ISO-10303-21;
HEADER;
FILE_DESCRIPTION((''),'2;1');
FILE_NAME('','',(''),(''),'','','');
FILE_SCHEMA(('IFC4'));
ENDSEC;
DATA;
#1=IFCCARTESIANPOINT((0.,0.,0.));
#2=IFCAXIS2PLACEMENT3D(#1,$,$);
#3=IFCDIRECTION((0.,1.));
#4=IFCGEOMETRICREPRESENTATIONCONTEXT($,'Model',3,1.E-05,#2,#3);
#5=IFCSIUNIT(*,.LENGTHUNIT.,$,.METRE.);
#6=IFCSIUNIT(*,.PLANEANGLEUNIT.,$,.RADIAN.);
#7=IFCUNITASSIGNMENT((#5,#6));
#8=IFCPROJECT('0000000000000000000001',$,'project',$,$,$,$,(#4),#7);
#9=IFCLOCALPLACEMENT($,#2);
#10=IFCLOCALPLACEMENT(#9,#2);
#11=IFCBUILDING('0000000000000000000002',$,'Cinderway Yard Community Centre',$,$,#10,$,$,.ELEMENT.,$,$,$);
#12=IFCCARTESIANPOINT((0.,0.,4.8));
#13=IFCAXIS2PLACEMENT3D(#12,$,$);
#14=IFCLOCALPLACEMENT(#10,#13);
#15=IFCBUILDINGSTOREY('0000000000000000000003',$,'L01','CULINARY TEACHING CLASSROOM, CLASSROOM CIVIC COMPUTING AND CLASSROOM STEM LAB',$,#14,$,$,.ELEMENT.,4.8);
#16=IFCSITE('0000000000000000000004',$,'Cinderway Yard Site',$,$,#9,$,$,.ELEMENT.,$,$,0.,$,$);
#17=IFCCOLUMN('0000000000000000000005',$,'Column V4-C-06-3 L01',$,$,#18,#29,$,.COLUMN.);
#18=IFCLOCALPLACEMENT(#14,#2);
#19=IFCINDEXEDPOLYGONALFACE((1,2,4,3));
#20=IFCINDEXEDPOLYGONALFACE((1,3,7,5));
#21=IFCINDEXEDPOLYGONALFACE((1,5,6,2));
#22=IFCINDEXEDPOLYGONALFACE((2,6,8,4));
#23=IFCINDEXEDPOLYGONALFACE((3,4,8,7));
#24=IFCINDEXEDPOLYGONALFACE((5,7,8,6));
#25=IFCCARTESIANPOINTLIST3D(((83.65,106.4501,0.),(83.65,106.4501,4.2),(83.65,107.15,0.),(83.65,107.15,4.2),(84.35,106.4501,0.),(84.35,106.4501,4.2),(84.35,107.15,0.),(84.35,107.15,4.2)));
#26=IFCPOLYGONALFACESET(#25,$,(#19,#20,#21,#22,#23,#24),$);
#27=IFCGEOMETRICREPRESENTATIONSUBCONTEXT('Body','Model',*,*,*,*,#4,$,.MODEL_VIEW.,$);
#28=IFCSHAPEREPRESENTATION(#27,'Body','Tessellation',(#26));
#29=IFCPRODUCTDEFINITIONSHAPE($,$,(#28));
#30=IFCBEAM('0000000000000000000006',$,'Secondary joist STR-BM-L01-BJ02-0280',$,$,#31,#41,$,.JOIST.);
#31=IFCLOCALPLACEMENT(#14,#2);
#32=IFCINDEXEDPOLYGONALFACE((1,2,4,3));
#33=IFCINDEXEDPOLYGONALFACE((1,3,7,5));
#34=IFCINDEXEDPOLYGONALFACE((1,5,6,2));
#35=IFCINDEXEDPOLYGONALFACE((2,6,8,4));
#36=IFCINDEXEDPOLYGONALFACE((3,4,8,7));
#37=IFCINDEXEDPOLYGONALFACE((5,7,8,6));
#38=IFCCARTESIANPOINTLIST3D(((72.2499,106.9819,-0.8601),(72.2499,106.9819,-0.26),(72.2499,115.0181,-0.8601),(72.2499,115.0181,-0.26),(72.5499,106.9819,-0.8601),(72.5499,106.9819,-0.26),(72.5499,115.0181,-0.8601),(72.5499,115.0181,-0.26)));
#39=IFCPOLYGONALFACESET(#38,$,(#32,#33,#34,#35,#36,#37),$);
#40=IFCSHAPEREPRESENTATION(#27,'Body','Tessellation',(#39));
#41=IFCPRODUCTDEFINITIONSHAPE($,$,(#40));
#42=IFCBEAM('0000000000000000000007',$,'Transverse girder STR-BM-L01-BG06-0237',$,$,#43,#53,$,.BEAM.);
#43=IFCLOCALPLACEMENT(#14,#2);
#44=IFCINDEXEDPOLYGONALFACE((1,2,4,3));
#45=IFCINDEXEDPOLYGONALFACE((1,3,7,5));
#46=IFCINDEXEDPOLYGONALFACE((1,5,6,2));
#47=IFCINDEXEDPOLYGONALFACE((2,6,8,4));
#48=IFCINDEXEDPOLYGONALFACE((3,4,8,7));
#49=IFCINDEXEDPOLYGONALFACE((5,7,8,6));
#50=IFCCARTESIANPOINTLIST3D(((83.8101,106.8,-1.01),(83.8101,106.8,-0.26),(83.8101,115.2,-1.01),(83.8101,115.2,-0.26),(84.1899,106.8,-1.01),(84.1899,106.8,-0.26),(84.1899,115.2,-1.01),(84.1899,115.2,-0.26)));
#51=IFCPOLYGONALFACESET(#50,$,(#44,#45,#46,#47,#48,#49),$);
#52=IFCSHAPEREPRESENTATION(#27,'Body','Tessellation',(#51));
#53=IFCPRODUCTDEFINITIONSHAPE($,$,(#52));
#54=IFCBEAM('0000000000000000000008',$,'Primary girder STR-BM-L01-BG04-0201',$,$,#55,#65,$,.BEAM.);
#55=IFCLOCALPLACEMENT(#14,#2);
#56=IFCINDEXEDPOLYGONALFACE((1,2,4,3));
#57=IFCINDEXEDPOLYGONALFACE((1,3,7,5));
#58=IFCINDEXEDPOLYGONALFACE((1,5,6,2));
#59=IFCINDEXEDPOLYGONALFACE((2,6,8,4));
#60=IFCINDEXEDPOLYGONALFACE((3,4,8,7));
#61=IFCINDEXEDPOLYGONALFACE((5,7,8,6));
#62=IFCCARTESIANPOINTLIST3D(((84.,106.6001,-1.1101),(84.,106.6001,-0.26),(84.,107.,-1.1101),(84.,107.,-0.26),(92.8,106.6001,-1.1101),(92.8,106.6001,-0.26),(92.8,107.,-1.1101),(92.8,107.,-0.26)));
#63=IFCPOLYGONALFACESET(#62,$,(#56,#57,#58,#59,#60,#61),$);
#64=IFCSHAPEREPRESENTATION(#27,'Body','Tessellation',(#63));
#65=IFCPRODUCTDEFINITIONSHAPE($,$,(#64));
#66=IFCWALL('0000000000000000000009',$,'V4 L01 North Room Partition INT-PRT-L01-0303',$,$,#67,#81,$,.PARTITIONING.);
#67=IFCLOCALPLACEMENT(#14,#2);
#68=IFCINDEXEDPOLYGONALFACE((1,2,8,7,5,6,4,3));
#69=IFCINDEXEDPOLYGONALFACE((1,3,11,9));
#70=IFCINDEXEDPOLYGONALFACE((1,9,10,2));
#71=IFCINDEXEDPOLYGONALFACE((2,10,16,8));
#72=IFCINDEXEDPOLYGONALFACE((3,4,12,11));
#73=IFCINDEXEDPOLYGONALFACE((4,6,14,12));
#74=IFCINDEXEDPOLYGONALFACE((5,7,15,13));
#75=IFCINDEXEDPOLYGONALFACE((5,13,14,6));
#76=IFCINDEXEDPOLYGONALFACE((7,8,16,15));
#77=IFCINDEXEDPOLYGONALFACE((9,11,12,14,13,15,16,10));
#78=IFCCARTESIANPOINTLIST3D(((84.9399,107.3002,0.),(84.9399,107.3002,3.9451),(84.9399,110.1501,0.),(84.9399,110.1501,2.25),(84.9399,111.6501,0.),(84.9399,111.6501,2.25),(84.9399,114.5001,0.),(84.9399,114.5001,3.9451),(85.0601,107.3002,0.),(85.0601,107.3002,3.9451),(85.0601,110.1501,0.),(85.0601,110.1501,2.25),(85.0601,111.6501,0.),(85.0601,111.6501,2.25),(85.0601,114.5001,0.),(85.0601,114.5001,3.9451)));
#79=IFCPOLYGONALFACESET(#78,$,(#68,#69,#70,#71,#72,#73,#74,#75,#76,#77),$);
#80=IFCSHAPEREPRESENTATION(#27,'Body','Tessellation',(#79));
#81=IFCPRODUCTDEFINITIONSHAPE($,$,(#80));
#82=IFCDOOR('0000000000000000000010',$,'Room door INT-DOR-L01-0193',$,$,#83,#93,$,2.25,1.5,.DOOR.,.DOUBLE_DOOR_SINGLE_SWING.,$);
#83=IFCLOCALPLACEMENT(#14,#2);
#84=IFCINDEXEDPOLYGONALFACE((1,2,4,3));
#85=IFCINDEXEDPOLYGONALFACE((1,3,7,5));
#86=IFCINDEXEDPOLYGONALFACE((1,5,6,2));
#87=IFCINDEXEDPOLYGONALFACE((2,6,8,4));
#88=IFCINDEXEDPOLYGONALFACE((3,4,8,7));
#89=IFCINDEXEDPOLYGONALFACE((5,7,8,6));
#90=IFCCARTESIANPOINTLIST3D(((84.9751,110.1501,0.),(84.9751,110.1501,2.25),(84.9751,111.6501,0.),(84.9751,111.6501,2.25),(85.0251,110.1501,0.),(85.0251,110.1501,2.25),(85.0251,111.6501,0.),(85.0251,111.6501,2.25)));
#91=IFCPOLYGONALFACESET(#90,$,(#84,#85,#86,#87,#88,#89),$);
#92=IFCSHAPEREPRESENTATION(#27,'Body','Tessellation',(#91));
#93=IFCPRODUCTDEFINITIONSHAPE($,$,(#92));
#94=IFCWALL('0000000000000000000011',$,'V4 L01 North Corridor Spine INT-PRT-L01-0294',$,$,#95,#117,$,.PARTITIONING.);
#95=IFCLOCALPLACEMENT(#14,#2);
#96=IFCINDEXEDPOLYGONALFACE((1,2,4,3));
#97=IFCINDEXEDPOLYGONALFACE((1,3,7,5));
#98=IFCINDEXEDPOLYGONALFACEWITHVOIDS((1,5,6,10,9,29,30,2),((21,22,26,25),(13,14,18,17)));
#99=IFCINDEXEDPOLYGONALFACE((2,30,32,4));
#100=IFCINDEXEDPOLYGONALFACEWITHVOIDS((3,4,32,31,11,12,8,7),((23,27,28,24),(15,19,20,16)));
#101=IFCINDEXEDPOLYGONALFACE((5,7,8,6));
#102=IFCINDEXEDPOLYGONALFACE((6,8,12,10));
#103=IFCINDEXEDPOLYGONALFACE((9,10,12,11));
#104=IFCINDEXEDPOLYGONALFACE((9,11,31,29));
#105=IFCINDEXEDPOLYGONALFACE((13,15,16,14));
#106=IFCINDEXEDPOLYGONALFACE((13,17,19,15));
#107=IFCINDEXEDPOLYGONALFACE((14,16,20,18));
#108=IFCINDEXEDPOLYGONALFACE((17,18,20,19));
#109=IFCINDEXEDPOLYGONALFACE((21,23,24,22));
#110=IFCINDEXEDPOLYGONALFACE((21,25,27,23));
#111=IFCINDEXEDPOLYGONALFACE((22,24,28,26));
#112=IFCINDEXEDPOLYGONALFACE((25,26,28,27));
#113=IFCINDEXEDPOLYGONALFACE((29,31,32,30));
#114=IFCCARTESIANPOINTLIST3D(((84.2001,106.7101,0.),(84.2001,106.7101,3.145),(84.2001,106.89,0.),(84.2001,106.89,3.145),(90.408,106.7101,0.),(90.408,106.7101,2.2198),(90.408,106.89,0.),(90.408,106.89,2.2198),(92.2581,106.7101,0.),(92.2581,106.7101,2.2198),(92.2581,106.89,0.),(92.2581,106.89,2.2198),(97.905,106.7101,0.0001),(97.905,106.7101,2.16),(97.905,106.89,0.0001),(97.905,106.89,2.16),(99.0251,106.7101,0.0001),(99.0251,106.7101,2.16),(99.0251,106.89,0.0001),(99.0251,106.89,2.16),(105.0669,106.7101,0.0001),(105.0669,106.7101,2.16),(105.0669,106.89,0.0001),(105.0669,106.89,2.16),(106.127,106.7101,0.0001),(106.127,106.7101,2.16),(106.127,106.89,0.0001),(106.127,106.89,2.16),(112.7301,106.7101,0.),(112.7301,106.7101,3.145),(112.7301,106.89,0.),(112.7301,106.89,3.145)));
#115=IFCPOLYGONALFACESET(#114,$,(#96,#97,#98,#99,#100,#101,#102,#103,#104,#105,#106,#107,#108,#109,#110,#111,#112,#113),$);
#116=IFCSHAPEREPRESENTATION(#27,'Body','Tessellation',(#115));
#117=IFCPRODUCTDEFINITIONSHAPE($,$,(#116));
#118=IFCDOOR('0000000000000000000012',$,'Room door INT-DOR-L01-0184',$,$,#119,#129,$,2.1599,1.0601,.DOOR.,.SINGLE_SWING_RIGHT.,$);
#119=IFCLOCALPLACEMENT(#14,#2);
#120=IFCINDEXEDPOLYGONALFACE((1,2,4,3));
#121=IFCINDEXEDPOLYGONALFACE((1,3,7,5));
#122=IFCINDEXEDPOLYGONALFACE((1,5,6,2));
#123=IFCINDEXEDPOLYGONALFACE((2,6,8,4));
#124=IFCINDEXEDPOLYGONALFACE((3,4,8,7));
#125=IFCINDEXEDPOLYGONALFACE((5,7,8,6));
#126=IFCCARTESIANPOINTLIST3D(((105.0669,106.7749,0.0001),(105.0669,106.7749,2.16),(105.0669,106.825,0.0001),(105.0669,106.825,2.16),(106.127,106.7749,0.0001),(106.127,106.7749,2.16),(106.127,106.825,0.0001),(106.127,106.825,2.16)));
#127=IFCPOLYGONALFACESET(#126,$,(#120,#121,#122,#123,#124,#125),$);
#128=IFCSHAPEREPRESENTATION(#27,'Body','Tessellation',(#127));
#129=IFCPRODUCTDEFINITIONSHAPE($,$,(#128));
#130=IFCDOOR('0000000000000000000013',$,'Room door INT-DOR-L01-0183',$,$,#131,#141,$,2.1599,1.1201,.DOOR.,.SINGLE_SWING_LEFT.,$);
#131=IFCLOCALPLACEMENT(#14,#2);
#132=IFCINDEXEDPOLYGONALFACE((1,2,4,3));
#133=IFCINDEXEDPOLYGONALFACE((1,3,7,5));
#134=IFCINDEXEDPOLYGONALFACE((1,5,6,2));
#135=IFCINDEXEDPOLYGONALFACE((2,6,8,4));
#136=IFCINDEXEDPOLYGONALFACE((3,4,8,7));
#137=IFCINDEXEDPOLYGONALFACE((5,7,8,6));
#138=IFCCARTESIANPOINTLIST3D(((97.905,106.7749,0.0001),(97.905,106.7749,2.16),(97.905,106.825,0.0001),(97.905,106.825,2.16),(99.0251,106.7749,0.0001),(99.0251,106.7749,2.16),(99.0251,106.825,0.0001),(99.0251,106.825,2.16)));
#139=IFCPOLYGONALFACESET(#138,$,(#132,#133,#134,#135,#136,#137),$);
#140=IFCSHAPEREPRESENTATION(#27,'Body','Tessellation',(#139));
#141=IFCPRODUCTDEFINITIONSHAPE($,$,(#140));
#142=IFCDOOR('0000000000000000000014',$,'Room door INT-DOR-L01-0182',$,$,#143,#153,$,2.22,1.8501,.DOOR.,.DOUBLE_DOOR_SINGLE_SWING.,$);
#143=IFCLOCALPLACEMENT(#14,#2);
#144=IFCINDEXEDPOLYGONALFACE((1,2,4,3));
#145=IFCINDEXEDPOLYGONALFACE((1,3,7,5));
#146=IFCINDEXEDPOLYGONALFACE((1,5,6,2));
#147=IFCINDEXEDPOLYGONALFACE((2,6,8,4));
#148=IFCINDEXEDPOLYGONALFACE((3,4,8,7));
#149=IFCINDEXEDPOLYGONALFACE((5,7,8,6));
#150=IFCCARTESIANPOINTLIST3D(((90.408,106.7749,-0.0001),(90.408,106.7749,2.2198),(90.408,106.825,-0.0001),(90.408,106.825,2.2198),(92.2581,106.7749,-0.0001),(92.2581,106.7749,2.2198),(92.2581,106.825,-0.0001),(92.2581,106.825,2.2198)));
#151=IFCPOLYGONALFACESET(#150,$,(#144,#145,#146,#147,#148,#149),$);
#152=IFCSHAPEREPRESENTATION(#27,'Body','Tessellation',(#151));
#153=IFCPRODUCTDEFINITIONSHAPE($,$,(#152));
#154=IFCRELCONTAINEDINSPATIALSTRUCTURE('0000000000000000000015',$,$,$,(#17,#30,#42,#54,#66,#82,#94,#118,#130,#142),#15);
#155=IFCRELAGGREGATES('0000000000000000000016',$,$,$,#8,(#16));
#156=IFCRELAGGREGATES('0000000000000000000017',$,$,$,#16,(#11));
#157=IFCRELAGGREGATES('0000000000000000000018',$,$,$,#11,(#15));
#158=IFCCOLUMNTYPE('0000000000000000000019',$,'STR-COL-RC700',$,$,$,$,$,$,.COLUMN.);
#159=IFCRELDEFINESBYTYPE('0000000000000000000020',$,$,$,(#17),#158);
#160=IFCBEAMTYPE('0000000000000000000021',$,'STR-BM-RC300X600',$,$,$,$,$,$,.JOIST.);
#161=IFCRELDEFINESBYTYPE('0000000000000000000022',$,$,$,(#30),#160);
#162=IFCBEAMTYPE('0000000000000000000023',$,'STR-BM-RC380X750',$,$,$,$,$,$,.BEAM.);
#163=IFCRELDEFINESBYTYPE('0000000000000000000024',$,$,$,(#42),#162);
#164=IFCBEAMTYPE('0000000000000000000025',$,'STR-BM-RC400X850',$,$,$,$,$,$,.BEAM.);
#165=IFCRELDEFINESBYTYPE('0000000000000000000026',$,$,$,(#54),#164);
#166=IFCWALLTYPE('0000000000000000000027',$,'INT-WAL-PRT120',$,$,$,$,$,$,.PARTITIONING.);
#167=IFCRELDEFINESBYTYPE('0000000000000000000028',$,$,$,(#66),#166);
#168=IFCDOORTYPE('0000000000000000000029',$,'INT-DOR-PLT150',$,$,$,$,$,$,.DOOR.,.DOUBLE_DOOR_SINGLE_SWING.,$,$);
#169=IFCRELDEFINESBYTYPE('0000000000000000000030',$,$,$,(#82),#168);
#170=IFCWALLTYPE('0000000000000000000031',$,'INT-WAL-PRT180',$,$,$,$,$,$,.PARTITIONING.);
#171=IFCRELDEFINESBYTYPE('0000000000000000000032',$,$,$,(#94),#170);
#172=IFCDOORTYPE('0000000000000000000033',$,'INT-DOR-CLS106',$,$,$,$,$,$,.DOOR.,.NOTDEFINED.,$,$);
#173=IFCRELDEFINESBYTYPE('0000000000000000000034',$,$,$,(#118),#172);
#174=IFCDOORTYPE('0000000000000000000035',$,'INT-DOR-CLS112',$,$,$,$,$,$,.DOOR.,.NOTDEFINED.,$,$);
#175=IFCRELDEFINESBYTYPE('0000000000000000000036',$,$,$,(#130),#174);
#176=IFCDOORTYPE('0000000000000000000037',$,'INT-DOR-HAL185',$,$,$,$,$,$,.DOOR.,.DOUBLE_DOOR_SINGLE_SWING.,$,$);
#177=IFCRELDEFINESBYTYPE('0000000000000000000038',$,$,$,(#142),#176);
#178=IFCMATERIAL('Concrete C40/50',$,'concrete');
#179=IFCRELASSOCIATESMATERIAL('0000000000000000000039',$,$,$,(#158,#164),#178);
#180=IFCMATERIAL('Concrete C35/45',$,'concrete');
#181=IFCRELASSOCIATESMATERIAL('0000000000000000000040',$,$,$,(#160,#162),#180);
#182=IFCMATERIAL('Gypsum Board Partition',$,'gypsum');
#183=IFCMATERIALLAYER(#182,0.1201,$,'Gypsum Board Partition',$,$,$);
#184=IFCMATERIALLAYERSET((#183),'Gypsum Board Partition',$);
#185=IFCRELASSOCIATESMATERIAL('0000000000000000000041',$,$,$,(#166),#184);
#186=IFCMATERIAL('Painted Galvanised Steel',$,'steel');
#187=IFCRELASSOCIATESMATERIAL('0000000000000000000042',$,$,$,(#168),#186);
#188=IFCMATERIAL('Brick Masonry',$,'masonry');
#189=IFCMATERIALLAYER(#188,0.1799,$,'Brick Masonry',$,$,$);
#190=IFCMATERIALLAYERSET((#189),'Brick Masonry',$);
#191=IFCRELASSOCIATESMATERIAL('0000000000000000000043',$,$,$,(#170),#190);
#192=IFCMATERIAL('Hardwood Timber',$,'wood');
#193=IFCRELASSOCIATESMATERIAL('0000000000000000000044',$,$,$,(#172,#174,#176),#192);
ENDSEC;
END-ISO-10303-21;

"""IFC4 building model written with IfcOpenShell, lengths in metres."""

from ifc_helpers import new_model, si_unit, direction, frame, frame_2d, origin, origin_2d, place, context, subcontext, project, spatial, rectangle, extrude, material, layer, layer_set, material_profile, profile_set, type_object, element, fill, save


model = new_model("IFC4")

# Units and contexts
model_context = context("Model", 3, precision=1e-05, world=origin(), true_north=direction((0.0, 1.0)))
body_context = subcontext(model_context, "Body", "Model", "MODEL_VIEW")
ifc_project = project(units=[si_unit("LENGTHUNIT", "METRE"), si_unit("PLANEANGLEUNIT", "RADIAN")], contexts=[model_context])

# Site, building, storey
site_placement = place(None, origin())
site = spatial("IfcSite", under=ifc_project, at=site_placement, Name="Cinderway Yard Site", CompositionType="ELEMENT", RefElevation=0.0)
building_placement = place(site_placement, origin())
building = spatial("IfcBuilding", under=site, at=building_placement, Name="Cinderway Yard Community Centre", CompositionType="ELEMENT")
storey_placement = place(building_placement, frame((0.0, 0.0, 4.8)))
storey = spatial("IfcBuildingStorey", under=building, at=storey_placement, Name="L01", Description="CULINARY TEACHING CLASSROOM, CLASSROOM CIVIC COMPUTING AND CLASSROOM STEM LAB", CompositionType="ELEMENT", Elevation=4.8)

# Column
ifc_material_1 = material(Name="Concrete C40/50", Category="concrete")
ifc_material_profile_1 = material_profile(ifc_material_1, rectangle(XDim=0.7, YDim=0.7, at=origin_2d()), Name="Concrete C40/50")
ifc_profile_set_1 = profile_set([ifc_material_profile_1], Name="Concrete C40/50")
column_type = type_object("IfcColumnType", Name="STR-COL-RC700", PredefinedType="COLUMN", material=ifc_profile_set_1)
column_placement = place(storey_placement, frame((84.0, 106.8, 0.0), z_axis=(0.0, 0.0, 1.0), x_axis=(1.0, 0.0, 0.0)))
element("IfcColumn", 1, at=column_placement, inside=storey, type_object=column_type, Name="Column V4-C-06-3 L01", PredefinedType="COLUMN", context=body_context, shape_type="SweptSolid", body=[
    extrude(rectangle(XDim=0.7, YDim=0.7, at=origin_2d()), origin(), (0.0, 0.0, 1.0), 4.2),
])

# Beams
ifc_material_2 = material(Name="Concrete C35/45", Category="concrete")
ifc_material_profile_2 = material_profile(ifc_material_2, rectangle(XDim=0.3, YDim=0.6001, at=origin_2d()), Name="Concrete C35/45")
ifc_profile_set_2 = profile_set([ifc_material_profile_2], Name="Concrete C35/45")
beam_type_1 = type_object("IfcBeamType", Name="STR-BM-RC300X600", PredefinedType="JOIST", material=ifc_profile_set_2)
beam_1_placement = place(storey_placement, frame((72.3999, 106.9819, -0.5601), z_axis=(0.0, 1.0, 0.0), x_axis=(-1.0, 0.0, 0.0)))
element("IfcBeam", 2, at=beam_1_placement, inside=storey, type_object=beam_type_1, Name="Secondary joist STR-BM-L01-BJ02-0280", PredefinedType="JOIST", context=body_context, shape_type="SweptSolid", body=[
    extrude(rectangle(XDim=0.3, YDim=0.6001, at=origin_2d()), origin(), (0.0, 0.0, 1.0), 8.0361),
])
ifc_material_profile_3 = material_profile(ifc_material_2, rectangle(XDim=0.3799, YDim=0.75, at=origin_2d()), Name="Concrete C35/45")
ifc_profile_set_3 = profile_set([ifc_material_profile_3], Name="Concrete C35/45")
beam_type_2 = type_object("IfcBeamType", Name="STR-BM-RC380X750", PredefinedType="BEAM", material=ifc_profile_set_3)
beam_2_placement = place(storey_placement, frame((84.0, 106.8, -0.635), z_axis=(0.0, 1.0, 0.0), x_axis=(-1.0, 0.0, 0.0)))
element("IfcBeam", 3, at=beam_2_placement, inside=storey, type_object=beam_type_2, Name="Transverse girder STR-BM-L01-BG06-0237", PredefinedType="BEAM", context=body_context, shape_type="SweptSolid", body=[
    extrude(rectangle(XDim=0.3799, YDim=0.75, at=origin_2d()), origin(), (0.0, 0.0, 1.0), 8.3999),
])
ifc_material_profile_4 = material_profile(ifc_material_1, rectangle(XDim=0.3999, YDim=0.8501, at=origin_2d()), Name="Concrete C40/50")
ifc_profile_set_4 = profile_set([ifc_material_profile_4], Name="Concrete C40/50")
beam_type_3 = type_object("IfcBeamType", Name="STR-BM-RC400X850", PredefinedType="BEAM", material=ifc_profile_set_4)
beam_3_placement = place(storey_placement, frame((84.0, 106.8, -0.6851), z_axis=(1.0, 0.0, 0.0), x_axis=(0.0, 1.0, 0.0)))
element("IfcBeam", 4, at=beam_3_placement, inside=storey, type_object=beam_type_3, Name="Primary girder STR-BM-L01-BG04-0201", PredefinedType="BEAM", context=body_context, shape_type="SweptSolid", body=[
    extrude(rectangle(XDim=0.3999, YDim=0.8501, at=origin_2d()), origin(), (0.0, 0.0, 1.0), 8.8),
])

# Wall, opening, door
ifc_material_3 = material(Name="Gypsum Board Partition", Category="gypsum")
ifc_layer_1 = layer(ifc_material_3, 0.1201, Name="Gypsum Board Partition")
ifc_layer_set_1 = layer_set([ifc_layer_1], Name="Gypsum Board Partition")
wall_type_1 = type_object("IfcWallType", Name="INT-WAL-PRT120", PredefinedType="PARTITIONING", material=ifc_layer_set_1)
wall_1_placement = place(storey_placement, frame((85.0, 107.3, 0.0), z_axis=(0.0, 0.0, 1.0), x_axis=(0.0, 1.0, 0.0)))
wall_1 = element("IfcWall", 5, at=wall_1_placement, inside=storey, type_object=wall_type_1, Name="V4 L01 North Room Partition INT-PRT-L01-0303", PredefinedType="PARTITIONING", context=body_context, shape_type="SweptSolid", body=[
    extrude(rectangle(XDim=7.2, YDim=0.1201, at=frame_2d((3.6001, 0.0))), origin(), (0.0, 0.0, 1.0), 3.9451),
])
opening_1_placement = place(wall_1_placement, frame((2.8501, 0.0, 0.0)))
opening_1 = element("IfcOpeningElement", 6, at=opening_1_placement, cuts=wall_1, PredefinedType="OPENING", context=body_context, shape_type="SweptSolid", body=[
    extrude(rectangle(XDim=1.5, YDim=2.25, at=frame_2d((0.75, 1.125))), frame((0.0, 0.0701, 0.0), z_axis=(0.0, -1.0, 0.0), x_axis=(1.0, 0.0, 0.0)), (0.0, 0.0, 1.0), 0.1401),
])
ifc_material_4 = material(Name="Painted Galvanised Steel", Category="steel")
door_type_1 = type_object("IfcDoorType", Name="INT-DOR-PLT150", OperationType="DOUBLE_DOOR_SINGLE_SWING", PredefinedType="DOOR", material=ifc_material_4)
door_1_placement = place(opening_1_placement, origin())
door_1 = element("IfcDoor", 7, at=door_1_placement, inside=storey, type_object=door_type_1, Name="Room door INT-DOR-L01-0193", OperationType="DOUBLE_DOOR_SINGLE_SWING", OverallHeight=2.25, OverallWidth=1.5, PredefinedType="DOOR", context=body_context, shape_type="SweptSolid", body=[
    extrude(rectangle(XDim=1.5, YDim=2.25, at=frame_2d((0.75, 1.125))), frame((0.0, 0.0249, 0.0), z_axis=(0.0, -1.0, 0.0), x_axis=(1.0, 0.0, 0.0)), (0.0, 0.0, 1.0), 0.05),
])
fill(opening_1, door_1)

# Wall, openings, doors
ifc_material_5 = material(Name="Brick Masonry", Category="masonry")
ifc_layer_2 = layer(ifc_material_5, 0.1799, Name="Brick Masonry")
ifc_layer_set_2 = layer_set([ifc_layer_2], Name="Brick Masonry")
wall_type_2 = type_object("IfcWallType", Name="INT-WAL-PRT180", PredefinedType="PARTITIONING", material=ifc_layer_set_2)
wall_2_placement = place(storey_placement, frame((84.2, 106.8, 0.0), z_axis=(0.0, 0.0, 1.0), x_axis=(1.0, 0.0, 0.0)))
wall_2 = element("IfcWall", 8, at=wall_2_placement, inside=storey, type_object=wall_type_2, Name="V4 L01 North Corridor Spine INT-PRT-L01-0294", PredefinedType="PARTITIONING", context=body_context, shape_type="SweptSolid", body=[
    extrude(rectangle(XDim=28.53, YDim=0.1799, at=frame_2d((14.2651, 0.0))), origin(), (0.0, 0.0, 1.0), 3.145),
])
opening_2_placement = place(wall_2_placement, frame((6.208, 0.0, 0.0)))
opening_2 = element("IfcOpeningElement", 9, at=opening_2_placement, cuts=wall_2, PredefinedType="OPENING", context=body_context, shape_type="SweptSolid", body=[
    extrude(rectangle(XDim=1.8501, YDim=2.22, at=frame_2d((0.925, 1.1099))), frame((0.0, 0.0999, 0.0), z_axis=(0.0, -1.0, 0.0), x_axis=(1.0, 0.0, 0.0)), (0.0, 0.0, 1.0), 0.2),
])
opening_3_placement = place(wall_2_placement, frame((13.7051, 0.0, 0.0)))
opening_3 = element("IfcOpeningElement", 10, at=opening_3_placement, cuts=wall_2, PredefinedType="OPENING", context=body_context, shape_type="SweptSolid", body=[
    extrude(rectangle(XDim=1.1201, YDim=2.1599, at=frame_2d((0.5601, 1.0801))), frame((0.0, 0.0999, 0.0), z_axis=(0.0, -1.0, 0.0), x_axis=(1.0, 0.0, 0.0)), (0.0, 0.0, 1.0), 0.2),
])
opening_4_placement = place(wall_2_placement, frame((20.8669, 0.0, 0.0)))
opening_4 = element("IfcOpeningElement", 11, at=opening_4_placement, cuts=wall_2, PredefinedType="OPENING", context=body_context, shape_type="SweptSolid", body=[
    extrude(rectangle(XDim=1.0601, YDim=2.1599, at=frame_2d((0.53, 1.0801))), frame((0.0, 0.0999, 0.0), z_axis=(0.0, -1.0, 0.0), x_axis=(1.0, 0.0, 0.0)), (0.0, 0.0, 1.0), 0.2),
])
ifc_material_6 = material(Name="Hardwood Timber", Category="wood")
door_type_2 = type_object("IfcDoorType", Name="INT-DOR-CLS106", OperationType="NOTDEFINED", PredefinedType="DOOR", material=ifc_material_6)
door_2_placement = place(opening_4_placement, origin())
door_2 = element("IfcDoor", 12, at=door_2_placement, inside=storey, type_object=door_type_2, Name="Room door INT-DOR-L01-0184", OperationType="SINGLE_SWING_RIGHT", OverallHeight=2.1599, OverallWidth=1.0601, PredefinedType="DOOR", context=body_context, shape_type="SweptSolid", body=[
    extrude(rectangle(XDim=1.0601, YDim=2.1599, at=frame_2d((0.53, 1.0801))), frame((0.0, 0.0249, 0.0), z_axis=(0.0, -1.0, 0.0), x_axis=(1.0, 0.0, 0.0)), (0.0, 0.0, 1.0), 0.05),
])
fill(opening_4, door_2)
door_type_3 = type_object("IfcDoorType", Name="INT-DOR-CLS112", OperationType="NOTDEFINED", PredefinedType="DOOR", material=ifc_material_6)
door_3_placement = place(opening_3_placement, origin())
door_3 = element("IfcDoor", 13, at=door_3_placement, inside=storey, type_object=door_type_3, Name="Room door INT-DOR-L01-0183", OperationType="SINGLE_SWING_LEFT", OverallHeight=2.1599, OverallWidth=1.1201, PredefinedType="DOOR", context=body_context, shape_type="SweptSolid", body=[
    extrude(rectangle(XDim=1.1201, YDim=2.1599, at=frame_2d((0.5601, 1.0801))), frame((0.0, 0.0249, 0.0), z_axis=(0.0, -1.0, 0.0), x_axis=(1.0, 0.0, 0.0)), (0.0, 0.0, 1.0), 0.05),
])
fill(opening_3, door_3)
door_type_4 = type_object("IfcDoorType", Name="INT-DOR-HAL185", OperationType="DOUBLE_DOOR_SINGLE_SWING", PredefinedType="DOOR", material=ifc_material_6)
door_4_placement = place(opening_2_placement, origin())
door_4 = element("IfcDoor", 14, at=door_4_placement, inside=storey, type_object=door_type_4, Name="Room door INT-DOR-L01-0182", OperationType="DOUBLE_DOOR_SINGLE_SWING", OverallHeight=2.22, OverallWidth=1.8501, PredefinedType="DOOR", context=body_context, shape_type="SweptSolid", body=[
    extrude(rectangle(XDim=1.8501, YDim=2.22, at=frame_2d((0.925, 1.1099))), frame((0.0, 0.0249, 0.0), z_axis=(0.0, -1.0, 0.0), x_axis=(1.0, 0.0, 0.0)), (0.0, 0.0, 1.0), 0.05),
])
fill(opening_2, door_4)

save(model, "model.ifc")
